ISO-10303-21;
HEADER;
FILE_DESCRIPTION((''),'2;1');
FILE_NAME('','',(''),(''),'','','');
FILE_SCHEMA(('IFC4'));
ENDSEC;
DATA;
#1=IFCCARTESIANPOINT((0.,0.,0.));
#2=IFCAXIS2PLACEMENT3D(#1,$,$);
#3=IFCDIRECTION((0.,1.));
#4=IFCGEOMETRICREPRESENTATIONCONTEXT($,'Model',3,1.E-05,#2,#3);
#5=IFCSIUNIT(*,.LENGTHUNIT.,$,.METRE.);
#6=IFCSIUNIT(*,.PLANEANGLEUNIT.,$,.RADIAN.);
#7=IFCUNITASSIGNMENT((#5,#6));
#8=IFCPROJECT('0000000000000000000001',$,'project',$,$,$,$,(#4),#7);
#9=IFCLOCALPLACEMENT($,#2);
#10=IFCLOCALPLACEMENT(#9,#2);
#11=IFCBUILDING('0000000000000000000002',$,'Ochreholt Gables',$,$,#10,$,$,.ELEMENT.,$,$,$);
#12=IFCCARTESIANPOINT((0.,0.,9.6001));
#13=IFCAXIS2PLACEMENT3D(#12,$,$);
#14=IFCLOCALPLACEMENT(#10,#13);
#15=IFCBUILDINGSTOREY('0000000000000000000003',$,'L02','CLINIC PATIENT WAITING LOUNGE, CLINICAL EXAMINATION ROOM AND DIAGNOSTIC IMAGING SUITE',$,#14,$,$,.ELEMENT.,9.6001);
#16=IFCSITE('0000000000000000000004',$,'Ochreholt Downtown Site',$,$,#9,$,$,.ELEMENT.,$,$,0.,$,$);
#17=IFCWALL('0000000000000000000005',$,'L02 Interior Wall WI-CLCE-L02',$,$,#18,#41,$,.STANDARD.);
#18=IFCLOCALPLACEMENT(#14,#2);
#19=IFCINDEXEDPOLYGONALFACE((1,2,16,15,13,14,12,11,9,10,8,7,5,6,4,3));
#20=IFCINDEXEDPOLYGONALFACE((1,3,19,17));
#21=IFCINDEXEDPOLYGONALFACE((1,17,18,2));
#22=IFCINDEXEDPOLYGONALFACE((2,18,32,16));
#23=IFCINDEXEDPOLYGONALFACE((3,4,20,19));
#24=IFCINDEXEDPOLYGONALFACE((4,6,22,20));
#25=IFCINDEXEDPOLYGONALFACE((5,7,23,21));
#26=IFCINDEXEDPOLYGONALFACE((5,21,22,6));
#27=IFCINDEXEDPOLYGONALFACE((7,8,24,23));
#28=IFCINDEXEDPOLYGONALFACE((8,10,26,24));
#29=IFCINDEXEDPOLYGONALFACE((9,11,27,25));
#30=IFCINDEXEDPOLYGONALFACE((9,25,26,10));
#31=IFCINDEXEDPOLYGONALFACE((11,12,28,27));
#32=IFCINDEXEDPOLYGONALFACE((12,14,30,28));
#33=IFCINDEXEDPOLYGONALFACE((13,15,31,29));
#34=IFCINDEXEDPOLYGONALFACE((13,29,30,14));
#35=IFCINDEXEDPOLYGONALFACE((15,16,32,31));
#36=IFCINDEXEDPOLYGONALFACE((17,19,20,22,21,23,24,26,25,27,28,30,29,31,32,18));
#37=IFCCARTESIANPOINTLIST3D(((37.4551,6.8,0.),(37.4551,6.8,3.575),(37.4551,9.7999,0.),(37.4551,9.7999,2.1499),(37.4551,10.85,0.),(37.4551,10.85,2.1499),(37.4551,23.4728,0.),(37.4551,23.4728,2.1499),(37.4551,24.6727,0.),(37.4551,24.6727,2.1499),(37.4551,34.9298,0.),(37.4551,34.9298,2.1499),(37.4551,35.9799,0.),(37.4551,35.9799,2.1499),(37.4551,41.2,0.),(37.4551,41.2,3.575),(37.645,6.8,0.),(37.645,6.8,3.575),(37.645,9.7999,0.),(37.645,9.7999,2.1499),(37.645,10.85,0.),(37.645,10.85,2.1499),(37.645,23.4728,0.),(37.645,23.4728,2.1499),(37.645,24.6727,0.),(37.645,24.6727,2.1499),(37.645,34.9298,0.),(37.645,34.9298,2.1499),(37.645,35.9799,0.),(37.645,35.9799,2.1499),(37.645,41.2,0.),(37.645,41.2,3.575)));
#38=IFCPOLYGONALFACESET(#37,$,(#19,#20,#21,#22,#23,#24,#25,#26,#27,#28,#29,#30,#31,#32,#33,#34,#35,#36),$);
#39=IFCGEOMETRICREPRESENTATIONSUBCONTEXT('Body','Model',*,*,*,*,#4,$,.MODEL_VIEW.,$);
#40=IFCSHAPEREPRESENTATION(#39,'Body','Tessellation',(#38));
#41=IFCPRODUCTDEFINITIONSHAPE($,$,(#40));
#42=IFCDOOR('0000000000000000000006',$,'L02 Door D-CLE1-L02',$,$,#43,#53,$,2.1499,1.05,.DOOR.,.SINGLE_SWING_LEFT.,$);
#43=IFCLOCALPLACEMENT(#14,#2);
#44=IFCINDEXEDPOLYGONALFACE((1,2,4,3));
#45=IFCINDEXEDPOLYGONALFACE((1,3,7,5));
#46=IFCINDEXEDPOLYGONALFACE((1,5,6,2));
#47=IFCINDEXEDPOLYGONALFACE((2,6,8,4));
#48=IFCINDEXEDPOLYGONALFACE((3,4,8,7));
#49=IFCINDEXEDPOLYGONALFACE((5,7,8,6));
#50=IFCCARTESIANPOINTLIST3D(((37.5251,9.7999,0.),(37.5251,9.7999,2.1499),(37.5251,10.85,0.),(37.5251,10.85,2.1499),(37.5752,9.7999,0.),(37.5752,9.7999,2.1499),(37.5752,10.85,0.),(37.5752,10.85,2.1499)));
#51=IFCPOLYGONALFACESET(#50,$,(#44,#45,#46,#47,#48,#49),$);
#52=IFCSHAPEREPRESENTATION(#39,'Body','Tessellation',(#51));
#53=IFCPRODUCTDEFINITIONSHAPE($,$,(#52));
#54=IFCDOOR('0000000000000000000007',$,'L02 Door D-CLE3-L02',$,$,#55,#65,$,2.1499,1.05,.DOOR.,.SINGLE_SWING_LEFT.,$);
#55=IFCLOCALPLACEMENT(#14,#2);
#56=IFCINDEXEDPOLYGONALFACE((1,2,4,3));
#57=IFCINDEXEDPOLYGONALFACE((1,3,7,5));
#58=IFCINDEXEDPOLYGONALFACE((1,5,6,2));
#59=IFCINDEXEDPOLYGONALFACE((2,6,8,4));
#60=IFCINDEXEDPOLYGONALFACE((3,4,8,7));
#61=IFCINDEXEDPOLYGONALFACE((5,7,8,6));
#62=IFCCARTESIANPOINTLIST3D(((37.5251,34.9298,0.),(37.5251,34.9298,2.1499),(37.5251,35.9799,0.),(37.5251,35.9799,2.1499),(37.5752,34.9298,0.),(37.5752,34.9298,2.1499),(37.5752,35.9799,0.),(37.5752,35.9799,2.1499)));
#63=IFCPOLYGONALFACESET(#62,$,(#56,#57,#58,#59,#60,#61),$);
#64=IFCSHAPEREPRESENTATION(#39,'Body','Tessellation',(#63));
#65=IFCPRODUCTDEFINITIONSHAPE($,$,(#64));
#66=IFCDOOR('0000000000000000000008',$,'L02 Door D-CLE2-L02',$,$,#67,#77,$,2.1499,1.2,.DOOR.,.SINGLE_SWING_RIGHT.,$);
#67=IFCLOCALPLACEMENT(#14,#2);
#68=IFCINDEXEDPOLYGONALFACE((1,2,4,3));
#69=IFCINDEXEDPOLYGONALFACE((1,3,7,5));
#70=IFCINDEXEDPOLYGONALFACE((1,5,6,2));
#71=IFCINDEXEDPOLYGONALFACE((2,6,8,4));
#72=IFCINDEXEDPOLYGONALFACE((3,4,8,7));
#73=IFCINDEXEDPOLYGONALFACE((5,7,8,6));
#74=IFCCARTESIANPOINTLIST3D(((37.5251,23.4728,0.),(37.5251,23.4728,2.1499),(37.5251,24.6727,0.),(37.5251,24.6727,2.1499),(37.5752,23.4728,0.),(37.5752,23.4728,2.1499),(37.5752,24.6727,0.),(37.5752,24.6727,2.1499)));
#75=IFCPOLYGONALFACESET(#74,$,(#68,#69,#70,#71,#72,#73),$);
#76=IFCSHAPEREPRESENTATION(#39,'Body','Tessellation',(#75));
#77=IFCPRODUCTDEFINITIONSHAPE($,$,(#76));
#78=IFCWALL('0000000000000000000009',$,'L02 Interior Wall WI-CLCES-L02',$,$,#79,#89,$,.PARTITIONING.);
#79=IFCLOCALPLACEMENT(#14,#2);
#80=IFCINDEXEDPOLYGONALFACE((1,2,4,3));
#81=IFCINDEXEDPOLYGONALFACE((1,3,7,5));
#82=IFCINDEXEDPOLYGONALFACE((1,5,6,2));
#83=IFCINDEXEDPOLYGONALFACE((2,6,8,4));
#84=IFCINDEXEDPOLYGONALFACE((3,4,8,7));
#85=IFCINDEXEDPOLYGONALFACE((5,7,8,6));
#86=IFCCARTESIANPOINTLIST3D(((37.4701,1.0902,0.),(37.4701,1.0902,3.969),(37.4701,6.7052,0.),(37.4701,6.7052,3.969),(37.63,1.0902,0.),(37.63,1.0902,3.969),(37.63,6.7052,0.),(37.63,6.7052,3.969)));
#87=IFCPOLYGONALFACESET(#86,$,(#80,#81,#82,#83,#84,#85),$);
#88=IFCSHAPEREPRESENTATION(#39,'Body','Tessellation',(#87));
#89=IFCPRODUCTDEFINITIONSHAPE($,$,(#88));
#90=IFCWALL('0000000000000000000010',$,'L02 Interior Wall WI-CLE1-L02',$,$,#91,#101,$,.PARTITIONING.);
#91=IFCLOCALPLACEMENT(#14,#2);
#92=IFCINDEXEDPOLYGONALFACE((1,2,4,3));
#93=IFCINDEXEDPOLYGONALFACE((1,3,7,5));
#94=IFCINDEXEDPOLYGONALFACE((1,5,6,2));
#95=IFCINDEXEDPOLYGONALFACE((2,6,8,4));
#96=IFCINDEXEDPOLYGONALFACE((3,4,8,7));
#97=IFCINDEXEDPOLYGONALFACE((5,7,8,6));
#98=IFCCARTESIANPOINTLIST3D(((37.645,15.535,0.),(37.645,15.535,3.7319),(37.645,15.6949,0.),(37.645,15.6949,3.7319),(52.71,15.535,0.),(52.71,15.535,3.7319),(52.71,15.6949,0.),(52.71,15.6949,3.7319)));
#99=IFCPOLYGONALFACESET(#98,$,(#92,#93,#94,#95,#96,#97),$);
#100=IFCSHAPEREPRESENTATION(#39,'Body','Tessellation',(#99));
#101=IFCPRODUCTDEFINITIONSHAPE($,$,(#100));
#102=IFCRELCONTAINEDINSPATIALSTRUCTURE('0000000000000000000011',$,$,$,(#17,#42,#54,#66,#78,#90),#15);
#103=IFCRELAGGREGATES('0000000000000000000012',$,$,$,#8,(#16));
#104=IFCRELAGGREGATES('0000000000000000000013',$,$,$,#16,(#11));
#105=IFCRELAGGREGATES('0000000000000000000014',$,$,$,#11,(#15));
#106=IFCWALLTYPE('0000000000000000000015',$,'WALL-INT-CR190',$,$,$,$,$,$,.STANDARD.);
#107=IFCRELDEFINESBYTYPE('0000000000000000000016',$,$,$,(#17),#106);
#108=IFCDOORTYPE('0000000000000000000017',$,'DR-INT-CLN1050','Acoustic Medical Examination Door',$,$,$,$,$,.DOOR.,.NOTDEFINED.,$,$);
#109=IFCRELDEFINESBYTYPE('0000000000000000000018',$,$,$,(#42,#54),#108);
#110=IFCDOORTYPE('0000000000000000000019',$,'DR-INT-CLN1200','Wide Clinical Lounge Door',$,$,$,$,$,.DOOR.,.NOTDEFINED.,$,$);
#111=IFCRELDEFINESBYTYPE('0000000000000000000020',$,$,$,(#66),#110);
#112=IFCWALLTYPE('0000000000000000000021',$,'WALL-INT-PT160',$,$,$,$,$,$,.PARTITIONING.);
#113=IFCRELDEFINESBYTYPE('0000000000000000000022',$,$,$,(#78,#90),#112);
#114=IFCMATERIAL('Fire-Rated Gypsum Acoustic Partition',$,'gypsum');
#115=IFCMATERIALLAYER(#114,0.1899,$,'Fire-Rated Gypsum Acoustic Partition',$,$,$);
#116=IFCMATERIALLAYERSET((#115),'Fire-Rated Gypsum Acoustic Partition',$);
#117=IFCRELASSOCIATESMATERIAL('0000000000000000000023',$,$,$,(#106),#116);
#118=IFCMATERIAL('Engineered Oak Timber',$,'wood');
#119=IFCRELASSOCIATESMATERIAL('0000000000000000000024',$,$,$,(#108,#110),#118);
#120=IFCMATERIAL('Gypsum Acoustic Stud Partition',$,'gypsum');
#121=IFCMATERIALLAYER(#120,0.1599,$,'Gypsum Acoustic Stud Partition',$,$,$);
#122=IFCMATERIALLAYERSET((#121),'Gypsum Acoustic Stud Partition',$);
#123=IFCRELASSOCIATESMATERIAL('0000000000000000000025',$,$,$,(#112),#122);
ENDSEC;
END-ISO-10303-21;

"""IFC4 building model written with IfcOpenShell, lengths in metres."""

from ifc_helpers import new_model, si_unit, direction, frame, frame_2d, origin, place, context, subcontext, project, spatial, rectangle, extrude, material, layer, layer_set, type_object, element, fill, save


model = new_model("IFC4")

# Units and contexts
model_context = context("Model", 3, precision=1e-05, world=origin(), true_north=direction((0.0, 1.0)))
body_context = subcontext(model_context, "Body", "Model", "MODEL_VIEW")
ifc_project = project(units=[si_unit("LENGTHUNIT", "METRE"), si_unit("PLANEANGLEUNIT", "RADIAN")], contexts=[model_context])

# Site, building, storey
site_placement = place(None, origin())
site = spatial("IfcSite", under=ifc_project, at=site_placement, Name="Ochreholt Downtown Site", CompositionType="ELEMENT", RefElevation=0.0)
building_placement = place(site_placement, origin())
building = spatial("IfcBuilding", under=site, at=building_placement, Name="Ochreholt Gables", CompositionType="ELEMENT")
storey_placement = place(building_placement, frame((0.0, 0.0, 9.6001)))
storey = spatial("IfcBuildingStorey", under=building, at=storey_placement, Name="L02", Description="CLINIC PATIENT WAITING LOUNGE, CLINICAL EXAMINATION ROOM AND DIAGNOSTIC IMAGING SUITE", CompositionType="ELEMENT", Elevation=9.6001)

# Wall, openings, doors
ifc_material_1 = material(Name="Fire-Rated Gypsum Acoustic Partition", Category="gypsum")
ifc_layer_1 = layer(ifc_material_1, 0.1899, Name="Fire-Rated Gypsum Acoustic Partition")
ifc_layer_set_1 = layer_set([ifc_layer_1], Name="Fire-Rated Gypsum Acoustic Partition")
wall_type_1 = type_object("IfcWallType", Name="WALL-INT-CR190", PredefinedType="STANDARD", material=ifc_layer_set_1)
wall_1_placement = place(storey_placement, frame((37.55, 6.8, 0.0), z_axis=(0.0, 0.0, 1.0), x_axis=(0.0, 1.0, 0.0)))
wall_1 = element("IfcWall", 1, at=wall_1_placement, inside=storey, type_object=wall_type_1, Name="L02 Interior Wall WI-CLCE-L02", PredefinedType="STANDARD", context=body_context, shape_type="SweptSolid", body=[
    extrude(rectangle(XDim=34.3999, YDim=0.1899, at=frame_2d((17.2, 0.0))), origin(), (0.0, 0.0, 1.0), 3.575),
])
opening_1_placement = place(wall_1_placement, frame((3.0, 0.0, 0.0)))
opening_1 = element("IfcOpeningElement", 2, at=opening_1_placement, cuts=wall_1, PredefinedType="OPENING", context=body_context, shape_type="SweptSolid", body=[
    extrude(rectangle(XDim=1.05, YDim=2.1499, at=frame_2d((0.5249, 1.075))), frame((0.0, 0.105, 0.0), z_axis=(0.0, -1.0, 0.0), x_axis=(1.0, 0.0, 0.0)), (0.0, 0.0, 1.0), 0.21),
])
opening_2_placement = place(wall_1_placement, frame((16.6726, 0.0, 0.0)))
opening_2 = element("IfcOpeningElement", 3, at=opening_2_placement, cuts=wall_1, PredefinedType="OPENING", context=body_context, shape_type="SweptSolid", body=[
    extrude(rectangle(XDim=1.2, YDim=2.1499, at=frame_2d((0.6001, 1.075))), frame((0.0, 0.105, 0.0), z_axis=(0.0, -1.0, 0.0), x_axis=(1.0, 0.0, 0.0)), (0.0, 0.0, 1.0), 0.21),
])
opening_3_placement = place(wall_1_placement, frame((28.1299, 0.0, 0.0)))
opening_3 = element("IfcOpeningElement", 4, at=opening_3_placement, cuts=wall_1, PredefinedType="OPENING", context=body_context, shape_type="SweptSolid", body=[
    extrude(rectangle(XDim=1.05, YDim=2.1499, at=frame_2d((0.5249, 1.075))), frame((0.0, 0.105, 0.0), z_axis=(0.0, -1.0, 0.0), x_axis=(1.0, 0.0, 0.0)), (0.0, 0.0, 1.0), 0.21),
])
ifc_material_2 = material(Name="Engineered Oak Timber", Category="wood")
door_type_1 = type_object("IfcDoorType", Name="DR-INT-CLN1050", Description="Acoustic Medical Examination Door", OperationType="NOTDEFINED", PredefinedType="DOOR", material=ifc_material_2)
door_1_placement = place(opening_1_placement, origin())
door_1 = element("IfcDoor", 5, at=door_1_placement, inside=storey, type_object=door_type_1, Name="L02 Door D-CLE1-L02", OperationType="SINGLE_SWING_LEFT", OverallHeight=2.1499, OverallWidth=1.05, PredefinedType="DOOR", context=body_context, shape_type="SweptSolid", body=[
    extrude(rectangle(XDim=1.05, YDim=2.1499, at=frame_2d((0.5249, 1.075))), frame((0.0, 0.0249, 0.0), z_axis=(0.0, -1.0, 0.0), x_axis=(1.0, 0.0, 0.0)), (0.0, 0.0, 1.0), 0.05),
])
fill(opening_1, door_1)
door_2_placement = place(opening_3_placement, origin())
door_2 = element("IfcDoor", 6, at=door_2_placement, inside=storey, type_object=door_type_1, Name="L02 Door D-CLE3-L02", OperationType="SINGLE_SWING_LEFT", OverallHeight=2.1499, OverallWidth=1.05, PredefinedType="DOOR", context=body_context, shape_type="SweptSolid", body=[
    extrude(rectangle(XDim=1.05, YDim=2.1499, at=frame_2d((0.5249, 1.075))), frame((0.0, 0.0249, 0.0), z_axis=(0.0, -1.0, 0.0), x_axis=(1.0, 0.0, 0.0)), (0.0, 0.0, 1.0), 0.05),
])
fill(opening_3, door_2)
door_type_2 = type_object("IfcDoorType", Name="DR-INT-CLN1200", Description="Wide Clinical Lounge Door", OperationType="NOTDEFINED", PredefinedType="DOOR", material=ifc_material_2)
door_3_placement = place(opening_2_placement, origin())
door_3 = element("IfcDoor", 7, at=door_3_placement, inside=storey, type_object=door_type_2, Name="L02 Door D-CLE2-L02", OperationType="SINGLE_SWING_RIGHT", OverallHeight=2.1499, OverallWidth=1.2, PredefinedType="DOOR", context=body_context, shape_type="SweptSolid", body=[
    extrude(rectangle(XDim=1.2, YDim=2.1499, at=frame_2d((0.6001, 1.075))), frame((0.0, 0.0249, 0.0), z_axis=(0.0, -1.0, 0.0), x_axis=(1.0, 0.0, 0.0)), (0.0, 0.0, 1.0), 0.05),
])
fill(opening_2, door_3)

# Walls
ifc_material_3 = material(Name="Gypsum Acoustic Stud Partition", Category="gypsum")
ifc_layer_2 = layer(ifc_material_3, 0.1599, Name="Gypsum Acoustic Stud Partition")
ifc_layer_set_2 = layer_set([ifc_layer_2], Name="Gypsum Acoustic Stud Partition")
wall_type_2 = type_object("IfcWallType", Name="WALL-INT-PT160", PredefinedType="PARTITIONING", material=ifc_layer_set_2)
wall_2_placement = place(storey_placement, frame((37.55, 1.0901, 0.0), z_axis=(0.0, 0.0, 1.0), x_axis=(0.0, 1.0, 0.0)))
element("IfcWall", 8, at=wall_2_placement, inside=storey, type_object=wall_type_2, Name="L02 Interior Wall WI-CLCES-L02", PredefinedType="PARTITIONING", context=body_context, shape_type="SweptSolid", body=[
    extrude(rectangle(XDim=5.615, YDim=0.1599, at=frame_2d((2.8076, 0.0))), origin(), (0.0, 0.0, 1.0), 3.969),
])
wall_3_placement = place(storey_placement, frame((37.645, 15.615, 0.0), z_axis=(0.0, 0.0, 1.0), x_axis=(1.0, 0.0, 0.0)))
element("IfcWall", 9, at=wall_3_placement, inside=storey, type_object=wall_type_2, Name="L02 Interior Wall WI-CLE1-L02", PredefinedType="PARTITIONING", context=body_context, shape_type="SweptSolid", body=[
    extrude(rectangle(XDim=15.0649, YDim=0.1599, at=frame_2d((7.5325, 0.0))), origin(), (0.0, 0.0, 1.0), 3.7319),
])

save(model, "model.ifc")
